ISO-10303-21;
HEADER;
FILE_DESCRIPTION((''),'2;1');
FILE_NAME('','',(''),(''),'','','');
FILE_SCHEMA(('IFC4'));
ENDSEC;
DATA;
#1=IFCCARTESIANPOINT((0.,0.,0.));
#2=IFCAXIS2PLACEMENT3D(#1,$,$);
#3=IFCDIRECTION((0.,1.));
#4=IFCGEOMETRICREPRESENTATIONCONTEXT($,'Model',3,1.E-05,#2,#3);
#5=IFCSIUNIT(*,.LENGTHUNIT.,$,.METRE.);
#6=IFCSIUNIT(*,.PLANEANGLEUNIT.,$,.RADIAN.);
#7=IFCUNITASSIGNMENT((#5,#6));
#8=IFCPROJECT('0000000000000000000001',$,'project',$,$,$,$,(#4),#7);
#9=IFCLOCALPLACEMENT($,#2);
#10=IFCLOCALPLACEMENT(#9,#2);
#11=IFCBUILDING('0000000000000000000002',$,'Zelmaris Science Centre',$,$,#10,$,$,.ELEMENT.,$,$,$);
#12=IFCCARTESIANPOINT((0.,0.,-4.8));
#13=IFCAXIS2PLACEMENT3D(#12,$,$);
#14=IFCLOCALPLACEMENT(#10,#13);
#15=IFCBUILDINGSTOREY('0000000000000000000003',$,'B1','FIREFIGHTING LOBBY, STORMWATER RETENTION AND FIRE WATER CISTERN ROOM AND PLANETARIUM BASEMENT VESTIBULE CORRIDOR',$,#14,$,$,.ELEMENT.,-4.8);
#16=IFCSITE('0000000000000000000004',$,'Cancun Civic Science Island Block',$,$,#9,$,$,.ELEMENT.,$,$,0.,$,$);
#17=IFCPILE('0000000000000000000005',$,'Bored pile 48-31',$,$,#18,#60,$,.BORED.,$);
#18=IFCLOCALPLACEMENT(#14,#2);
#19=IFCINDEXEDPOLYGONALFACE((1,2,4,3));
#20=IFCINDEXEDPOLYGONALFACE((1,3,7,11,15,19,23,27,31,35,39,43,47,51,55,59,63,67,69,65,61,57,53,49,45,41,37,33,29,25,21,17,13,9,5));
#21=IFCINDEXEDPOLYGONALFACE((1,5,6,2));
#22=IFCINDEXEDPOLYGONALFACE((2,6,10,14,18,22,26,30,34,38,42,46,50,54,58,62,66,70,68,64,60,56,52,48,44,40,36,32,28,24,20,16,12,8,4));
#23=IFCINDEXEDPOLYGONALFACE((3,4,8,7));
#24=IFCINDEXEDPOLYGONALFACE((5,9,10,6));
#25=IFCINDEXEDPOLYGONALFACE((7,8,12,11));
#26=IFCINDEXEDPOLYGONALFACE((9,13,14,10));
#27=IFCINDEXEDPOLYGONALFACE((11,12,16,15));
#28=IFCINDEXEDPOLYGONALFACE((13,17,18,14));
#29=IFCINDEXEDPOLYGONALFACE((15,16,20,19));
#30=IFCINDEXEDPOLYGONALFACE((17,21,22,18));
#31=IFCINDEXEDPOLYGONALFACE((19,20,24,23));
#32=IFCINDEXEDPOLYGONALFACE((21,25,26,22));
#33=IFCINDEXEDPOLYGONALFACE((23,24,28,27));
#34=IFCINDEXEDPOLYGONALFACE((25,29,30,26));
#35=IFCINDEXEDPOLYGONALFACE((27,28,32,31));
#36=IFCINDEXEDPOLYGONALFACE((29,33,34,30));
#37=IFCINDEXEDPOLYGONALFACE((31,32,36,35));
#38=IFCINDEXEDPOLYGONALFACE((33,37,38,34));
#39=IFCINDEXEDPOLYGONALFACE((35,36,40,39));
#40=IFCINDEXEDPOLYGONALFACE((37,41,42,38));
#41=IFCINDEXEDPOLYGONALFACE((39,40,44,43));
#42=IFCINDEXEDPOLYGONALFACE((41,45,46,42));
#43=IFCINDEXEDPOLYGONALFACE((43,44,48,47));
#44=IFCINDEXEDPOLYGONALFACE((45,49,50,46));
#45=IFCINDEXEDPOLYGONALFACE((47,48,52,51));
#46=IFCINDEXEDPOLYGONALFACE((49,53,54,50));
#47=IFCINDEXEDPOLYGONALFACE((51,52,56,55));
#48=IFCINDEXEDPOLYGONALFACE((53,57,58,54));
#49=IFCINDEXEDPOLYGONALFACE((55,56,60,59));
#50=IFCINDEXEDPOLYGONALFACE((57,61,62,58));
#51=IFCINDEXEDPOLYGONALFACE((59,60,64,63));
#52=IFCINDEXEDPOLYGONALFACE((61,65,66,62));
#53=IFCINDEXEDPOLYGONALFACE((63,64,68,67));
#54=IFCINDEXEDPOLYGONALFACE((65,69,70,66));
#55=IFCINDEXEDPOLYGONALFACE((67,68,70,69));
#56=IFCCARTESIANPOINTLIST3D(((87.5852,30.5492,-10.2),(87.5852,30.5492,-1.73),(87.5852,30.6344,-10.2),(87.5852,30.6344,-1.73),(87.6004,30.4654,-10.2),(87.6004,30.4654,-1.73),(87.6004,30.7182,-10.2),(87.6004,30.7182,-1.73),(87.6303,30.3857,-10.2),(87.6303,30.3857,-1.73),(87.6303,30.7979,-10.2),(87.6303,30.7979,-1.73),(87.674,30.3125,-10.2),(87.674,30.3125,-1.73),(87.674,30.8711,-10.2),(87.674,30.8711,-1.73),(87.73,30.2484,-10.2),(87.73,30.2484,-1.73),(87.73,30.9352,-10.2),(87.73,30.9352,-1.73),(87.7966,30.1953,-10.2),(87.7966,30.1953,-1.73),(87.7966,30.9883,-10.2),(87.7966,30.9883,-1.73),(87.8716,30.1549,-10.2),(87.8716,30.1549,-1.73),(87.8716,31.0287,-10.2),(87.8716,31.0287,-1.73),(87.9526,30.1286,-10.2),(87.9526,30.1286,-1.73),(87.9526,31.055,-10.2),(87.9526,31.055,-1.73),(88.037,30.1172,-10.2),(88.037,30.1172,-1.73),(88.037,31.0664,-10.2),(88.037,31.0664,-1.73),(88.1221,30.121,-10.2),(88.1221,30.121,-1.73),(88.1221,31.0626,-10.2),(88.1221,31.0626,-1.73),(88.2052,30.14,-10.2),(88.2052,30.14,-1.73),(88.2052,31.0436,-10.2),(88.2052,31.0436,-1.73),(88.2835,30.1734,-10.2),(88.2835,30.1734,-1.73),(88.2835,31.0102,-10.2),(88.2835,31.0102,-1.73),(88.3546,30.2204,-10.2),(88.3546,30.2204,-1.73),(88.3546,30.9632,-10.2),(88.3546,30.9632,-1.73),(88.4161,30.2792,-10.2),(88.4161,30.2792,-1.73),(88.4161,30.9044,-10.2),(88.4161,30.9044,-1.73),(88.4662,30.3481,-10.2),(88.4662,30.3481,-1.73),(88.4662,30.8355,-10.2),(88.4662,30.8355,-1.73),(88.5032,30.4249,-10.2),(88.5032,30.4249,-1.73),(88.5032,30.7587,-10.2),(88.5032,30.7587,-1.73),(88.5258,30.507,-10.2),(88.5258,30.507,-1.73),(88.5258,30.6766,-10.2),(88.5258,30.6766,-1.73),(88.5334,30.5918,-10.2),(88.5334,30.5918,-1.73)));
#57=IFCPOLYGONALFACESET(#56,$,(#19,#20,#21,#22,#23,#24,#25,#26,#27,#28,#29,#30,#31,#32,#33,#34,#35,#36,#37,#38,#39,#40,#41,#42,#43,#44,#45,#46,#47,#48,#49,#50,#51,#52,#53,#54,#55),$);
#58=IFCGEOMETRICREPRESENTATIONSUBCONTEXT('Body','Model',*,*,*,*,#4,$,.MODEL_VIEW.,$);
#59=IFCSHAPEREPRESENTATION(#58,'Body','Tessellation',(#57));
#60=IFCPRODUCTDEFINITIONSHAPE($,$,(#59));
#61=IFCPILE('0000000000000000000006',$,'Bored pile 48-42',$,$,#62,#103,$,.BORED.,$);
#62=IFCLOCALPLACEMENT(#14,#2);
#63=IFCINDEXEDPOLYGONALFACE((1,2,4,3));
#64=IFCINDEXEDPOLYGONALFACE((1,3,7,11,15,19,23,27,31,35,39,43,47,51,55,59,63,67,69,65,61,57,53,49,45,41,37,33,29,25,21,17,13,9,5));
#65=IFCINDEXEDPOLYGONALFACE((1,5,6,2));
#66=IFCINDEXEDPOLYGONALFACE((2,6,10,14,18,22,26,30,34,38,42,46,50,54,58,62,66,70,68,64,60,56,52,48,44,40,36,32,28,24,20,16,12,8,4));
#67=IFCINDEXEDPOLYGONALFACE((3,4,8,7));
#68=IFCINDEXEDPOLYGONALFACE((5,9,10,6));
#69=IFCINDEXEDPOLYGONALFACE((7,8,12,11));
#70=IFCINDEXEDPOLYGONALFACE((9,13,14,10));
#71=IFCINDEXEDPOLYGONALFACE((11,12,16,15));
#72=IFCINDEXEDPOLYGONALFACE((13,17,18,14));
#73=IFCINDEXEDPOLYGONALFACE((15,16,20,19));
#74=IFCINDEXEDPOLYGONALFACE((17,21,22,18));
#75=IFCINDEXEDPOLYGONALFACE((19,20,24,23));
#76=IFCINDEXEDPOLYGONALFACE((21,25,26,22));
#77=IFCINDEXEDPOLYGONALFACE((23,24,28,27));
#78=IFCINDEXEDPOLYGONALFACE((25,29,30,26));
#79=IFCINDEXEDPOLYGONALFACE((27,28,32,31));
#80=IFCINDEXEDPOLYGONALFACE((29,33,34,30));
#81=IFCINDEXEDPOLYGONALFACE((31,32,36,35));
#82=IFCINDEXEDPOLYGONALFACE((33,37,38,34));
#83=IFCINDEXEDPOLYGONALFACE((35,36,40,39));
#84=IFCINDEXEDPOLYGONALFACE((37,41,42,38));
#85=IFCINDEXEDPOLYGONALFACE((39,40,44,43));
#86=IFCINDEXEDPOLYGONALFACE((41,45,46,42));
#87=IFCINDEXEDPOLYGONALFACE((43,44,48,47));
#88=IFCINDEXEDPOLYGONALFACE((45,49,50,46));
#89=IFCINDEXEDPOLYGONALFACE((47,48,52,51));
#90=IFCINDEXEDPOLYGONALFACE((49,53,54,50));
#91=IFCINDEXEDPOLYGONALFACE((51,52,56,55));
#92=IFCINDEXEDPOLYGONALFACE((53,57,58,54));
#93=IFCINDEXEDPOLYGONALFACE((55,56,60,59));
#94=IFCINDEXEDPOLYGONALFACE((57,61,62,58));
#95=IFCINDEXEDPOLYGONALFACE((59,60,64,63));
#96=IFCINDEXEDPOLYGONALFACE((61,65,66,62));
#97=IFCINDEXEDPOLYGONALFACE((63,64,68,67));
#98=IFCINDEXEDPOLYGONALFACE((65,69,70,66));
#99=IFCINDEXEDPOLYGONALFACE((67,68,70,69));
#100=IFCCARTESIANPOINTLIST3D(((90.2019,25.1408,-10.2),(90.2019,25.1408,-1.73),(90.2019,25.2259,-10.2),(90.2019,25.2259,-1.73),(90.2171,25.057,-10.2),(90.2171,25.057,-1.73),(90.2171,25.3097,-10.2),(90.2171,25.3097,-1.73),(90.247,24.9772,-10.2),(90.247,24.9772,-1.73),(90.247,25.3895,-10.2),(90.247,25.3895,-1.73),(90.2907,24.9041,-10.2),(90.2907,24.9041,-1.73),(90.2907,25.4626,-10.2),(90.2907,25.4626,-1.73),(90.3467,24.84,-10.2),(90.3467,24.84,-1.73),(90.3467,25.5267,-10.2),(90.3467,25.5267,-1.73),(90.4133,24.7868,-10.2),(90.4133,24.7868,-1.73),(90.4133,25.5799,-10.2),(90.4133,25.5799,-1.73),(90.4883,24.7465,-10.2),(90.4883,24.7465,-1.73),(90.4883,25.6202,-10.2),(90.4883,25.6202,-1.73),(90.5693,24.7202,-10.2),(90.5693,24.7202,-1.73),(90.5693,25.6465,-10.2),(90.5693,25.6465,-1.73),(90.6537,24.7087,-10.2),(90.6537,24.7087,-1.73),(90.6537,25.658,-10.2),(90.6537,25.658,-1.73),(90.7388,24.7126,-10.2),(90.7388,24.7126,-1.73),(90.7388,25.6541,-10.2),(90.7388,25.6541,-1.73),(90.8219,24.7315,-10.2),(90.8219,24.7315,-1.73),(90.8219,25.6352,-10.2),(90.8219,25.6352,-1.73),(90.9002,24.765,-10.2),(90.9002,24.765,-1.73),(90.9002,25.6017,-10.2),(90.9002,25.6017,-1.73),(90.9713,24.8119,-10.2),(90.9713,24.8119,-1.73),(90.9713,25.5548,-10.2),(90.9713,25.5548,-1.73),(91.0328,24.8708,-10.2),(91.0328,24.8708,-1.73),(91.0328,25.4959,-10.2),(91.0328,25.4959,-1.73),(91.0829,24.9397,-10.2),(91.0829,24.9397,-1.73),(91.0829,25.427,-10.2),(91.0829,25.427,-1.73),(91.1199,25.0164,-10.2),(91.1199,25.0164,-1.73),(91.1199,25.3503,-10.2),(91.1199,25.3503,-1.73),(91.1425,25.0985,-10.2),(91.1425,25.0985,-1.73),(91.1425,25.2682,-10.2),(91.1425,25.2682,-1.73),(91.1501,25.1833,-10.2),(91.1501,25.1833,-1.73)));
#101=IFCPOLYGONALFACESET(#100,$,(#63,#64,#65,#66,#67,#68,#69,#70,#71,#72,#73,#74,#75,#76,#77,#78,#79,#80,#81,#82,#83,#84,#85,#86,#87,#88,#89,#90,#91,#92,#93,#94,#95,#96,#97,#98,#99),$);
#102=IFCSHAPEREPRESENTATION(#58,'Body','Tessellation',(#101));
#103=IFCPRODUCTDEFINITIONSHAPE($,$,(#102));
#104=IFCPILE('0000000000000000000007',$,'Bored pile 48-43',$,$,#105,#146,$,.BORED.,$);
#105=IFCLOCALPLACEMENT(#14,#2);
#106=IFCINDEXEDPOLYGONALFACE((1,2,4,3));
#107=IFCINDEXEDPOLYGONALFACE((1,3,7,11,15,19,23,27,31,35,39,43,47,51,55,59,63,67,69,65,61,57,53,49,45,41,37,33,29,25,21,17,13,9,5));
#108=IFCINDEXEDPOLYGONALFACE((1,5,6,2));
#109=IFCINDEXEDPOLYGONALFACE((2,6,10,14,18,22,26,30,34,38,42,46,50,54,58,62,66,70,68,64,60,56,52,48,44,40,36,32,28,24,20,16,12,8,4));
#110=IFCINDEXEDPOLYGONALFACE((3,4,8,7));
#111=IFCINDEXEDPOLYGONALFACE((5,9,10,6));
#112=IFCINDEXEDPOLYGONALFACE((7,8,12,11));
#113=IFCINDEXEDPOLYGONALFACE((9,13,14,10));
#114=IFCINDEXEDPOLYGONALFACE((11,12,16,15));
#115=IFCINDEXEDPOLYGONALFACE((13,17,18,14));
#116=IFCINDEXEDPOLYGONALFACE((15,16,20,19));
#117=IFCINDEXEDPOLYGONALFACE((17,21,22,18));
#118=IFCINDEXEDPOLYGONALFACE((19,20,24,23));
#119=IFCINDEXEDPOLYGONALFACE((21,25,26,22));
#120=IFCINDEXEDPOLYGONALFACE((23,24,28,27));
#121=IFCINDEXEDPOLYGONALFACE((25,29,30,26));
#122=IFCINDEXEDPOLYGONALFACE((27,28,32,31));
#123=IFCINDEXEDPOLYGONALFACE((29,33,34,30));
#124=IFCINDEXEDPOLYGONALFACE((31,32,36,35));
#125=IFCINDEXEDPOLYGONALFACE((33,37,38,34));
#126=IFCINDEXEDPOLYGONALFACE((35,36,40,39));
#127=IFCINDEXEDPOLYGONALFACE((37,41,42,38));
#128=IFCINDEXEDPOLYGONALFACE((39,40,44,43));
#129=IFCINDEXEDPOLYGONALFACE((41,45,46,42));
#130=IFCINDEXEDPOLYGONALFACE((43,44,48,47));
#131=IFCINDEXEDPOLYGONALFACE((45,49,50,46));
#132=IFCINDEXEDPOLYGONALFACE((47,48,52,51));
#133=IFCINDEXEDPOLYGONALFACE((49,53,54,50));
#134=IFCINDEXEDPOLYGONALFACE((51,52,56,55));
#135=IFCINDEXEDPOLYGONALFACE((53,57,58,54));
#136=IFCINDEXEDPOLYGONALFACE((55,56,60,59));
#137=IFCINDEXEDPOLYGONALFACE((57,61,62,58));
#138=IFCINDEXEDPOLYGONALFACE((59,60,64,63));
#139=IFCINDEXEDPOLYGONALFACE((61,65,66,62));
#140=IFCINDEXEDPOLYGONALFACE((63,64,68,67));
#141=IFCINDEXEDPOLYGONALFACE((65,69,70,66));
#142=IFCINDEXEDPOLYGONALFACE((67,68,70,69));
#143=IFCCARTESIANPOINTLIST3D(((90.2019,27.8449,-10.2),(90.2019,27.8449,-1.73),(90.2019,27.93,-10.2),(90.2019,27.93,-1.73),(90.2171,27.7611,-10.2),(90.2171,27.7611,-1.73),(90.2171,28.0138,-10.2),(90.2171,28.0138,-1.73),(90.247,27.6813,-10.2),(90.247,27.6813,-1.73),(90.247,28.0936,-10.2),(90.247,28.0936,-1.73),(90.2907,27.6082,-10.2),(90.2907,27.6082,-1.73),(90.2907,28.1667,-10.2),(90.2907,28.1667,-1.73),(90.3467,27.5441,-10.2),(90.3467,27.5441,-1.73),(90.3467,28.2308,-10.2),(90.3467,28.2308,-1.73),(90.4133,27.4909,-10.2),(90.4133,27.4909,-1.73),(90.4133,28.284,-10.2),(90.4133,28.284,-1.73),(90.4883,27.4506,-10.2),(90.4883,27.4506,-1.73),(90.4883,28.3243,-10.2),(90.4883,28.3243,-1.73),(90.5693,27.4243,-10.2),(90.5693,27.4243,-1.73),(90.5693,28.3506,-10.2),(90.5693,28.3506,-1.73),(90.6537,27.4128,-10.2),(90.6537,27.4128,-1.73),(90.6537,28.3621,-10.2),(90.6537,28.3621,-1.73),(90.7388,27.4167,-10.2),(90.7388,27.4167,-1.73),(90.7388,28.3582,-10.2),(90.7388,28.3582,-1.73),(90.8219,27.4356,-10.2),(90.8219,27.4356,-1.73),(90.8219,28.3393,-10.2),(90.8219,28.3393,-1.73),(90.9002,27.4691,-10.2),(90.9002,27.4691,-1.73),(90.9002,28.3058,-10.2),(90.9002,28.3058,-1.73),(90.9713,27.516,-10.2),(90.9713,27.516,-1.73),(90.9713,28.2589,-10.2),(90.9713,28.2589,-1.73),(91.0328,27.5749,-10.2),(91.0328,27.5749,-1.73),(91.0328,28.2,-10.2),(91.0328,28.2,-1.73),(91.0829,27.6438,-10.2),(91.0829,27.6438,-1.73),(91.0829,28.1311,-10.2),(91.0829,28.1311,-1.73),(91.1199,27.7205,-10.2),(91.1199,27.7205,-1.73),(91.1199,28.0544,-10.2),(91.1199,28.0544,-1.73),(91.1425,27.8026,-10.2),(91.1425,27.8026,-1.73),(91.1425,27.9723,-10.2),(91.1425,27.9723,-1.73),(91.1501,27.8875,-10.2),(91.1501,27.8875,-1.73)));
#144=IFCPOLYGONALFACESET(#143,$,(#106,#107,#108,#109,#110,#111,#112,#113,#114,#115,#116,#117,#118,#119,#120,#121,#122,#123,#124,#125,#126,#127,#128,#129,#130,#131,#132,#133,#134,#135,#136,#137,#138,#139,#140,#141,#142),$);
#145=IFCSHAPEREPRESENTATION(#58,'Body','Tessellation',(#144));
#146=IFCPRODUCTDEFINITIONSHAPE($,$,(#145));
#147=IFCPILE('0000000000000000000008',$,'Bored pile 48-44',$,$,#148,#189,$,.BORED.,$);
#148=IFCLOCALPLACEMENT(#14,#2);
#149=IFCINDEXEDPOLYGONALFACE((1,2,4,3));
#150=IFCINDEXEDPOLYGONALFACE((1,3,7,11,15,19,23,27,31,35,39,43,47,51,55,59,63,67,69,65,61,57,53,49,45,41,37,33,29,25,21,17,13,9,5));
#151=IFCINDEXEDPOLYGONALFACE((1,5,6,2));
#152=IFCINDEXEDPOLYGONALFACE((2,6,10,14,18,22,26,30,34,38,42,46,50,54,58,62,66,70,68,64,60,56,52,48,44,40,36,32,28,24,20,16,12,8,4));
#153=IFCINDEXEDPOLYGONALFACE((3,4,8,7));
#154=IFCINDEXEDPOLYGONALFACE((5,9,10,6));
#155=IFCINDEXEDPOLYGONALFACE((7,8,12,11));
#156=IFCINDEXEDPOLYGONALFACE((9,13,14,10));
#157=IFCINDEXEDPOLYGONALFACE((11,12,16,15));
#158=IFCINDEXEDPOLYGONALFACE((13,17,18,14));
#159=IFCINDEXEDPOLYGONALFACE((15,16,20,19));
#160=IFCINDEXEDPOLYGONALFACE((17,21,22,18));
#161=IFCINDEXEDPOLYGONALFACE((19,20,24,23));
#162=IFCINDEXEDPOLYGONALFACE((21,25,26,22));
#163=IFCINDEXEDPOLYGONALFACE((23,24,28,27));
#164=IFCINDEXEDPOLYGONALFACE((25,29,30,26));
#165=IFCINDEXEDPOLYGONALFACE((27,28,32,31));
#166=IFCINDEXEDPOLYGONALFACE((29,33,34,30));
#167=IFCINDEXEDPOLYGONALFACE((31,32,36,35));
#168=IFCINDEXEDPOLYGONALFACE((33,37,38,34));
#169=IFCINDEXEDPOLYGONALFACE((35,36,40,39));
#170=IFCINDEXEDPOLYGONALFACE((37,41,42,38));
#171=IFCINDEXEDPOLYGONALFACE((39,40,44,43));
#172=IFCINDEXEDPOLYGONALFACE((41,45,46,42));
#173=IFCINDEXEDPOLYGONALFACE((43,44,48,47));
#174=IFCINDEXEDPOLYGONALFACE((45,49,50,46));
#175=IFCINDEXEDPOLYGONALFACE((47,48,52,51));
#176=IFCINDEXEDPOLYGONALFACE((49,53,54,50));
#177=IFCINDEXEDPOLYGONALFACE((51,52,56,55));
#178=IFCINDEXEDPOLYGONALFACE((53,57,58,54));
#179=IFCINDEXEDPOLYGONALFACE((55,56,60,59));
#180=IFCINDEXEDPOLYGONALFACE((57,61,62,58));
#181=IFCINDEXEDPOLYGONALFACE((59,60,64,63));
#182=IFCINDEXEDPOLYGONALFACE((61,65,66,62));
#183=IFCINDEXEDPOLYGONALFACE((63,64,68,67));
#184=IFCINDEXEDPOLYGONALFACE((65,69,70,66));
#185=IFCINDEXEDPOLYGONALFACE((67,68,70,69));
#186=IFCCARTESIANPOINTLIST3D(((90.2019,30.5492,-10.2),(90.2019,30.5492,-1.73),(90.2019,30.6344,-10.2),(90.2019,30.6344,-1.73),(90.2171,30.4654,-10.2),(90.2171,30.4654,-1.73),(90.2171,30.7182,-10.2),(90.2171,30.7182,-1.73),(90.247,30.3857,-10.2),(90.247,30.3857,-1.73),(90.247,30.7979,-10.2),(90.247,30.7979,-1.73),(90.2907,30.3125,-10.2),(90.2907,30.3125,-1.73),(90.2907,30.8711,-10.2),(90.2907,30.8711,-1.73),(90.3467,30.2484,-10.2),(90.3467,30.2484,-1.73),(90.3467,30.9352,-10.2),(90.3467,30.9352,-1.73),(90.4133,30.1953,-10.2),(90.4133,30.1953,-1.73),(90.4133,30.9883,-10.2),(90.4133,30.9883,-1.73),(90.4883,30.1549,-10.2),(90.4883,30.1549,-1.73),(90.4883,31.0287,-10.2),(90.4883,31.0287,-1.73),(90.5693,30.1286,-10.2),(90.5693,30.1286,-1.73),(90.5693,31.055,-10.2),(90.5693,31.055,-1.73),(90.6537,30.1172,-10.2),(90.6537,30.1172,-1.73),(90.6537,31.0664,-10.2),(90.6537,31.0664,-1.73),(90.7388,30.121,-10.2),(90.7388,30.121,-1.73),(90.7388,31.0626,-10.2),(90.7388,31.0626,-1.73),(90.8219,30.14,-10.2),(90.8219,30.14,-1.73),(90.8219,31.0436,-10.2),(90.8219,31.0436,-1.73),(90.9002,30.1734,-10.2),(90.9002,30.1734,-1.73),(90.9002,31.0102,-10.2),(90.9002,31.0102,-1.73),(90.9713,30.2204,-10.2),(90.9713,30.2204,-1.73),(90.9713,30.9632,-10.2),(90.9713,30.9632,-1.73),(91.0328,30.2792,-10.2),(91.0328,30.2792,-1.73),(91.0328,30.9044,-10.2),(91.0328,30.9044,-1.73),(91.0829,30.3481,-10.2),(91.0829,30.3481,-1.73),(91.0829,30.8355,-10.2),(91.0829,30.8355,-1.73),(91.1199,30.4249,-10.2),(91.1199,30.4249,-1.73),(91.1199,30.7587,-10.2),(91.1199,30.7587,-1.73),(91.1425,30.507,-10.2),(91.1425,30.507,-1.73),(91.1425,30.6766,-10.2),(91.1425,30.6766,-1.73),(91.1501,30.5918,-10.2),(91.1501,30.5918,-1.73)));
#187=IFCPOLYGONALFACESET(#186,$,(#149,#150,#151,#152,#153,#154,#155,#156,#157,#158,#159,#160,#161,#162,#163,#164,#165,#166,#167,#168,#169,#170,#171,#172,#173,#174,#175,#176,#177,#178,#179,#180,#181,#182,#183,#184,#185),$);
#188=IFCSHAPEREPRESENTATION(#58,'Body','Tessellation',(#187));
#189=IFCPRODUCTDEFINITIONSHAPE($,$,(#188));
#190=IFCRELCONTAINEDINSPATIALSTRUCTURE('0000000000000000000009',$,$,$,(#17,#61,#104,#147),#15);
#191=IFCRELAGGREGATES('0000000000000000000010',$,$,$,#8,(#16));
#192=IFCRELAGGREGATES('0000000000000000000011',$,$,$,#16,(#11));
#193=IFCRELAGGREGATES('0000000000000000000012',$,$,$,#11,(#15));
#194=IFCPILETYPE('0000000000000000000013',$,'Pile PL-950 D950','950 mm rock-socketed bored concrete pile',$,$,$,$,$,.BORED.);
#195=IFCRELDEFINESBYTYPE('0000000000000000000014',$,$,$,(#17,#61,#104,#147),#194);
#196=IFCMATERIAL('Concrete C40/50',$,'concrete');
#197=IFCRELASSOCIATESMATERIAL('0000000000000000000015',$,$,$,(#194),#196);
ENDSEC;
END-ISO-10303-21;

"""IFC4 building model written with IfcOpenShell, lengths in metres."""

from ifc_helpers import new_model, si_unit, direction, frame, origin, origin_2d, place, context, subcontext, project, spatial, circle, extrude, material, material_profile, profile_set, type_object, element, save


model = new_model("IFC4")

# Units and contexts
model_context = context("Model", 3, precision=1e-05, world=origin(), true_north=direction((0.0, 1.0)))
body_context = subcontext(model_context, "Body", "Model", "MODEL_VIEW")
ifc_project = project(units=[si_unit("LENGTHUNIT", "METRE"), si_unit("PLANEANGLEUNIT", "RADIAN")], contexts=[model_context])

# Site, building, storey
site_placement = place(None, origin())
site = spatial("IfcSite", under=ifc_project, at=site_placement, Name="Cancun Civic Science Island Block", CompositionType="ELEMENT", RefElevation=0.0)
building_placement = place(site_placement, origin())
building = spatial("IfcBuilding", under=site, at=building_placement, Name="Zelmaris Science Centre", CompositionType="ELEMENT")
storey_placement = place(building_placement, frame((0.0, 0.0, -4.8)))
storey = spatial("IfcBuildingStorey", under=building, at=storey_placement, Name="B1", Description="FIREFIGHTING LOBBY, STORMWATER RETENTION AND FIRE WATER CISTERN ROOM AND PLANETARIUM BASEMENT VESTIBULE CORRIDOR", CompositionType="ELEMENT", Elevation=-4.8)

# Piles
ifc_material_1 = material(Name="Concrete C40/50", Category="concrete")
ifc_material_profile_1 = material_profile(ifc_material_1, circle(Radius=0.4751, at=origin_2d()), Name="PILE-950")
ifc_profile_set_1 = profile_set([ifc_material_profile_1], Name="Concrete C40/50")
pile_type_1 = type_object("IfcPileType", Name="Pile PL-950 D950", Description="950 mm rock-socketed bored concrete pile", PredefinedType="BORED", material=ifc_profile_set_1)
for number, where, z_axis, x_axis, name in (
    (1, (88.0583, 30.5918, -1.73), (0.0, 0.0, -1.0), (1.0, 0.0, 0.0), "Bored pile 48-31"),
    (2, (90.675, 25.1833, -1.73), (0.0, 0.0, -1.0), (1.0, 0.0, 0.0), "Bored pile 48-42"),
    (3, (90.675, 27.8875, -1.73), (0.0, 0.0, -1.0), (1.0, 0.0, 0.0), "Bored pile 48-43"),
    (4, (90.675, 30.5918, -1.73), (0.0, 0.0, -1.0), (1.0, 0.0, 0.0), "Bored pile 48-44"),
):
    element("IfcPile", number, at=place(storey_placement, frame(where, z_axis=z_axis, x_axis=x_axis)), inside=storey, type_object=pile_type_1, Name=name, PredefinedType="BORED", context=body_context, shape_type="SweptSolid", body=[
        extrude(circle(Radius=0.4751, at=origin_2d()), origin(), (0.0, 0.0, 1.0), 8.47),
    ])

save(model, "model.ifc")
